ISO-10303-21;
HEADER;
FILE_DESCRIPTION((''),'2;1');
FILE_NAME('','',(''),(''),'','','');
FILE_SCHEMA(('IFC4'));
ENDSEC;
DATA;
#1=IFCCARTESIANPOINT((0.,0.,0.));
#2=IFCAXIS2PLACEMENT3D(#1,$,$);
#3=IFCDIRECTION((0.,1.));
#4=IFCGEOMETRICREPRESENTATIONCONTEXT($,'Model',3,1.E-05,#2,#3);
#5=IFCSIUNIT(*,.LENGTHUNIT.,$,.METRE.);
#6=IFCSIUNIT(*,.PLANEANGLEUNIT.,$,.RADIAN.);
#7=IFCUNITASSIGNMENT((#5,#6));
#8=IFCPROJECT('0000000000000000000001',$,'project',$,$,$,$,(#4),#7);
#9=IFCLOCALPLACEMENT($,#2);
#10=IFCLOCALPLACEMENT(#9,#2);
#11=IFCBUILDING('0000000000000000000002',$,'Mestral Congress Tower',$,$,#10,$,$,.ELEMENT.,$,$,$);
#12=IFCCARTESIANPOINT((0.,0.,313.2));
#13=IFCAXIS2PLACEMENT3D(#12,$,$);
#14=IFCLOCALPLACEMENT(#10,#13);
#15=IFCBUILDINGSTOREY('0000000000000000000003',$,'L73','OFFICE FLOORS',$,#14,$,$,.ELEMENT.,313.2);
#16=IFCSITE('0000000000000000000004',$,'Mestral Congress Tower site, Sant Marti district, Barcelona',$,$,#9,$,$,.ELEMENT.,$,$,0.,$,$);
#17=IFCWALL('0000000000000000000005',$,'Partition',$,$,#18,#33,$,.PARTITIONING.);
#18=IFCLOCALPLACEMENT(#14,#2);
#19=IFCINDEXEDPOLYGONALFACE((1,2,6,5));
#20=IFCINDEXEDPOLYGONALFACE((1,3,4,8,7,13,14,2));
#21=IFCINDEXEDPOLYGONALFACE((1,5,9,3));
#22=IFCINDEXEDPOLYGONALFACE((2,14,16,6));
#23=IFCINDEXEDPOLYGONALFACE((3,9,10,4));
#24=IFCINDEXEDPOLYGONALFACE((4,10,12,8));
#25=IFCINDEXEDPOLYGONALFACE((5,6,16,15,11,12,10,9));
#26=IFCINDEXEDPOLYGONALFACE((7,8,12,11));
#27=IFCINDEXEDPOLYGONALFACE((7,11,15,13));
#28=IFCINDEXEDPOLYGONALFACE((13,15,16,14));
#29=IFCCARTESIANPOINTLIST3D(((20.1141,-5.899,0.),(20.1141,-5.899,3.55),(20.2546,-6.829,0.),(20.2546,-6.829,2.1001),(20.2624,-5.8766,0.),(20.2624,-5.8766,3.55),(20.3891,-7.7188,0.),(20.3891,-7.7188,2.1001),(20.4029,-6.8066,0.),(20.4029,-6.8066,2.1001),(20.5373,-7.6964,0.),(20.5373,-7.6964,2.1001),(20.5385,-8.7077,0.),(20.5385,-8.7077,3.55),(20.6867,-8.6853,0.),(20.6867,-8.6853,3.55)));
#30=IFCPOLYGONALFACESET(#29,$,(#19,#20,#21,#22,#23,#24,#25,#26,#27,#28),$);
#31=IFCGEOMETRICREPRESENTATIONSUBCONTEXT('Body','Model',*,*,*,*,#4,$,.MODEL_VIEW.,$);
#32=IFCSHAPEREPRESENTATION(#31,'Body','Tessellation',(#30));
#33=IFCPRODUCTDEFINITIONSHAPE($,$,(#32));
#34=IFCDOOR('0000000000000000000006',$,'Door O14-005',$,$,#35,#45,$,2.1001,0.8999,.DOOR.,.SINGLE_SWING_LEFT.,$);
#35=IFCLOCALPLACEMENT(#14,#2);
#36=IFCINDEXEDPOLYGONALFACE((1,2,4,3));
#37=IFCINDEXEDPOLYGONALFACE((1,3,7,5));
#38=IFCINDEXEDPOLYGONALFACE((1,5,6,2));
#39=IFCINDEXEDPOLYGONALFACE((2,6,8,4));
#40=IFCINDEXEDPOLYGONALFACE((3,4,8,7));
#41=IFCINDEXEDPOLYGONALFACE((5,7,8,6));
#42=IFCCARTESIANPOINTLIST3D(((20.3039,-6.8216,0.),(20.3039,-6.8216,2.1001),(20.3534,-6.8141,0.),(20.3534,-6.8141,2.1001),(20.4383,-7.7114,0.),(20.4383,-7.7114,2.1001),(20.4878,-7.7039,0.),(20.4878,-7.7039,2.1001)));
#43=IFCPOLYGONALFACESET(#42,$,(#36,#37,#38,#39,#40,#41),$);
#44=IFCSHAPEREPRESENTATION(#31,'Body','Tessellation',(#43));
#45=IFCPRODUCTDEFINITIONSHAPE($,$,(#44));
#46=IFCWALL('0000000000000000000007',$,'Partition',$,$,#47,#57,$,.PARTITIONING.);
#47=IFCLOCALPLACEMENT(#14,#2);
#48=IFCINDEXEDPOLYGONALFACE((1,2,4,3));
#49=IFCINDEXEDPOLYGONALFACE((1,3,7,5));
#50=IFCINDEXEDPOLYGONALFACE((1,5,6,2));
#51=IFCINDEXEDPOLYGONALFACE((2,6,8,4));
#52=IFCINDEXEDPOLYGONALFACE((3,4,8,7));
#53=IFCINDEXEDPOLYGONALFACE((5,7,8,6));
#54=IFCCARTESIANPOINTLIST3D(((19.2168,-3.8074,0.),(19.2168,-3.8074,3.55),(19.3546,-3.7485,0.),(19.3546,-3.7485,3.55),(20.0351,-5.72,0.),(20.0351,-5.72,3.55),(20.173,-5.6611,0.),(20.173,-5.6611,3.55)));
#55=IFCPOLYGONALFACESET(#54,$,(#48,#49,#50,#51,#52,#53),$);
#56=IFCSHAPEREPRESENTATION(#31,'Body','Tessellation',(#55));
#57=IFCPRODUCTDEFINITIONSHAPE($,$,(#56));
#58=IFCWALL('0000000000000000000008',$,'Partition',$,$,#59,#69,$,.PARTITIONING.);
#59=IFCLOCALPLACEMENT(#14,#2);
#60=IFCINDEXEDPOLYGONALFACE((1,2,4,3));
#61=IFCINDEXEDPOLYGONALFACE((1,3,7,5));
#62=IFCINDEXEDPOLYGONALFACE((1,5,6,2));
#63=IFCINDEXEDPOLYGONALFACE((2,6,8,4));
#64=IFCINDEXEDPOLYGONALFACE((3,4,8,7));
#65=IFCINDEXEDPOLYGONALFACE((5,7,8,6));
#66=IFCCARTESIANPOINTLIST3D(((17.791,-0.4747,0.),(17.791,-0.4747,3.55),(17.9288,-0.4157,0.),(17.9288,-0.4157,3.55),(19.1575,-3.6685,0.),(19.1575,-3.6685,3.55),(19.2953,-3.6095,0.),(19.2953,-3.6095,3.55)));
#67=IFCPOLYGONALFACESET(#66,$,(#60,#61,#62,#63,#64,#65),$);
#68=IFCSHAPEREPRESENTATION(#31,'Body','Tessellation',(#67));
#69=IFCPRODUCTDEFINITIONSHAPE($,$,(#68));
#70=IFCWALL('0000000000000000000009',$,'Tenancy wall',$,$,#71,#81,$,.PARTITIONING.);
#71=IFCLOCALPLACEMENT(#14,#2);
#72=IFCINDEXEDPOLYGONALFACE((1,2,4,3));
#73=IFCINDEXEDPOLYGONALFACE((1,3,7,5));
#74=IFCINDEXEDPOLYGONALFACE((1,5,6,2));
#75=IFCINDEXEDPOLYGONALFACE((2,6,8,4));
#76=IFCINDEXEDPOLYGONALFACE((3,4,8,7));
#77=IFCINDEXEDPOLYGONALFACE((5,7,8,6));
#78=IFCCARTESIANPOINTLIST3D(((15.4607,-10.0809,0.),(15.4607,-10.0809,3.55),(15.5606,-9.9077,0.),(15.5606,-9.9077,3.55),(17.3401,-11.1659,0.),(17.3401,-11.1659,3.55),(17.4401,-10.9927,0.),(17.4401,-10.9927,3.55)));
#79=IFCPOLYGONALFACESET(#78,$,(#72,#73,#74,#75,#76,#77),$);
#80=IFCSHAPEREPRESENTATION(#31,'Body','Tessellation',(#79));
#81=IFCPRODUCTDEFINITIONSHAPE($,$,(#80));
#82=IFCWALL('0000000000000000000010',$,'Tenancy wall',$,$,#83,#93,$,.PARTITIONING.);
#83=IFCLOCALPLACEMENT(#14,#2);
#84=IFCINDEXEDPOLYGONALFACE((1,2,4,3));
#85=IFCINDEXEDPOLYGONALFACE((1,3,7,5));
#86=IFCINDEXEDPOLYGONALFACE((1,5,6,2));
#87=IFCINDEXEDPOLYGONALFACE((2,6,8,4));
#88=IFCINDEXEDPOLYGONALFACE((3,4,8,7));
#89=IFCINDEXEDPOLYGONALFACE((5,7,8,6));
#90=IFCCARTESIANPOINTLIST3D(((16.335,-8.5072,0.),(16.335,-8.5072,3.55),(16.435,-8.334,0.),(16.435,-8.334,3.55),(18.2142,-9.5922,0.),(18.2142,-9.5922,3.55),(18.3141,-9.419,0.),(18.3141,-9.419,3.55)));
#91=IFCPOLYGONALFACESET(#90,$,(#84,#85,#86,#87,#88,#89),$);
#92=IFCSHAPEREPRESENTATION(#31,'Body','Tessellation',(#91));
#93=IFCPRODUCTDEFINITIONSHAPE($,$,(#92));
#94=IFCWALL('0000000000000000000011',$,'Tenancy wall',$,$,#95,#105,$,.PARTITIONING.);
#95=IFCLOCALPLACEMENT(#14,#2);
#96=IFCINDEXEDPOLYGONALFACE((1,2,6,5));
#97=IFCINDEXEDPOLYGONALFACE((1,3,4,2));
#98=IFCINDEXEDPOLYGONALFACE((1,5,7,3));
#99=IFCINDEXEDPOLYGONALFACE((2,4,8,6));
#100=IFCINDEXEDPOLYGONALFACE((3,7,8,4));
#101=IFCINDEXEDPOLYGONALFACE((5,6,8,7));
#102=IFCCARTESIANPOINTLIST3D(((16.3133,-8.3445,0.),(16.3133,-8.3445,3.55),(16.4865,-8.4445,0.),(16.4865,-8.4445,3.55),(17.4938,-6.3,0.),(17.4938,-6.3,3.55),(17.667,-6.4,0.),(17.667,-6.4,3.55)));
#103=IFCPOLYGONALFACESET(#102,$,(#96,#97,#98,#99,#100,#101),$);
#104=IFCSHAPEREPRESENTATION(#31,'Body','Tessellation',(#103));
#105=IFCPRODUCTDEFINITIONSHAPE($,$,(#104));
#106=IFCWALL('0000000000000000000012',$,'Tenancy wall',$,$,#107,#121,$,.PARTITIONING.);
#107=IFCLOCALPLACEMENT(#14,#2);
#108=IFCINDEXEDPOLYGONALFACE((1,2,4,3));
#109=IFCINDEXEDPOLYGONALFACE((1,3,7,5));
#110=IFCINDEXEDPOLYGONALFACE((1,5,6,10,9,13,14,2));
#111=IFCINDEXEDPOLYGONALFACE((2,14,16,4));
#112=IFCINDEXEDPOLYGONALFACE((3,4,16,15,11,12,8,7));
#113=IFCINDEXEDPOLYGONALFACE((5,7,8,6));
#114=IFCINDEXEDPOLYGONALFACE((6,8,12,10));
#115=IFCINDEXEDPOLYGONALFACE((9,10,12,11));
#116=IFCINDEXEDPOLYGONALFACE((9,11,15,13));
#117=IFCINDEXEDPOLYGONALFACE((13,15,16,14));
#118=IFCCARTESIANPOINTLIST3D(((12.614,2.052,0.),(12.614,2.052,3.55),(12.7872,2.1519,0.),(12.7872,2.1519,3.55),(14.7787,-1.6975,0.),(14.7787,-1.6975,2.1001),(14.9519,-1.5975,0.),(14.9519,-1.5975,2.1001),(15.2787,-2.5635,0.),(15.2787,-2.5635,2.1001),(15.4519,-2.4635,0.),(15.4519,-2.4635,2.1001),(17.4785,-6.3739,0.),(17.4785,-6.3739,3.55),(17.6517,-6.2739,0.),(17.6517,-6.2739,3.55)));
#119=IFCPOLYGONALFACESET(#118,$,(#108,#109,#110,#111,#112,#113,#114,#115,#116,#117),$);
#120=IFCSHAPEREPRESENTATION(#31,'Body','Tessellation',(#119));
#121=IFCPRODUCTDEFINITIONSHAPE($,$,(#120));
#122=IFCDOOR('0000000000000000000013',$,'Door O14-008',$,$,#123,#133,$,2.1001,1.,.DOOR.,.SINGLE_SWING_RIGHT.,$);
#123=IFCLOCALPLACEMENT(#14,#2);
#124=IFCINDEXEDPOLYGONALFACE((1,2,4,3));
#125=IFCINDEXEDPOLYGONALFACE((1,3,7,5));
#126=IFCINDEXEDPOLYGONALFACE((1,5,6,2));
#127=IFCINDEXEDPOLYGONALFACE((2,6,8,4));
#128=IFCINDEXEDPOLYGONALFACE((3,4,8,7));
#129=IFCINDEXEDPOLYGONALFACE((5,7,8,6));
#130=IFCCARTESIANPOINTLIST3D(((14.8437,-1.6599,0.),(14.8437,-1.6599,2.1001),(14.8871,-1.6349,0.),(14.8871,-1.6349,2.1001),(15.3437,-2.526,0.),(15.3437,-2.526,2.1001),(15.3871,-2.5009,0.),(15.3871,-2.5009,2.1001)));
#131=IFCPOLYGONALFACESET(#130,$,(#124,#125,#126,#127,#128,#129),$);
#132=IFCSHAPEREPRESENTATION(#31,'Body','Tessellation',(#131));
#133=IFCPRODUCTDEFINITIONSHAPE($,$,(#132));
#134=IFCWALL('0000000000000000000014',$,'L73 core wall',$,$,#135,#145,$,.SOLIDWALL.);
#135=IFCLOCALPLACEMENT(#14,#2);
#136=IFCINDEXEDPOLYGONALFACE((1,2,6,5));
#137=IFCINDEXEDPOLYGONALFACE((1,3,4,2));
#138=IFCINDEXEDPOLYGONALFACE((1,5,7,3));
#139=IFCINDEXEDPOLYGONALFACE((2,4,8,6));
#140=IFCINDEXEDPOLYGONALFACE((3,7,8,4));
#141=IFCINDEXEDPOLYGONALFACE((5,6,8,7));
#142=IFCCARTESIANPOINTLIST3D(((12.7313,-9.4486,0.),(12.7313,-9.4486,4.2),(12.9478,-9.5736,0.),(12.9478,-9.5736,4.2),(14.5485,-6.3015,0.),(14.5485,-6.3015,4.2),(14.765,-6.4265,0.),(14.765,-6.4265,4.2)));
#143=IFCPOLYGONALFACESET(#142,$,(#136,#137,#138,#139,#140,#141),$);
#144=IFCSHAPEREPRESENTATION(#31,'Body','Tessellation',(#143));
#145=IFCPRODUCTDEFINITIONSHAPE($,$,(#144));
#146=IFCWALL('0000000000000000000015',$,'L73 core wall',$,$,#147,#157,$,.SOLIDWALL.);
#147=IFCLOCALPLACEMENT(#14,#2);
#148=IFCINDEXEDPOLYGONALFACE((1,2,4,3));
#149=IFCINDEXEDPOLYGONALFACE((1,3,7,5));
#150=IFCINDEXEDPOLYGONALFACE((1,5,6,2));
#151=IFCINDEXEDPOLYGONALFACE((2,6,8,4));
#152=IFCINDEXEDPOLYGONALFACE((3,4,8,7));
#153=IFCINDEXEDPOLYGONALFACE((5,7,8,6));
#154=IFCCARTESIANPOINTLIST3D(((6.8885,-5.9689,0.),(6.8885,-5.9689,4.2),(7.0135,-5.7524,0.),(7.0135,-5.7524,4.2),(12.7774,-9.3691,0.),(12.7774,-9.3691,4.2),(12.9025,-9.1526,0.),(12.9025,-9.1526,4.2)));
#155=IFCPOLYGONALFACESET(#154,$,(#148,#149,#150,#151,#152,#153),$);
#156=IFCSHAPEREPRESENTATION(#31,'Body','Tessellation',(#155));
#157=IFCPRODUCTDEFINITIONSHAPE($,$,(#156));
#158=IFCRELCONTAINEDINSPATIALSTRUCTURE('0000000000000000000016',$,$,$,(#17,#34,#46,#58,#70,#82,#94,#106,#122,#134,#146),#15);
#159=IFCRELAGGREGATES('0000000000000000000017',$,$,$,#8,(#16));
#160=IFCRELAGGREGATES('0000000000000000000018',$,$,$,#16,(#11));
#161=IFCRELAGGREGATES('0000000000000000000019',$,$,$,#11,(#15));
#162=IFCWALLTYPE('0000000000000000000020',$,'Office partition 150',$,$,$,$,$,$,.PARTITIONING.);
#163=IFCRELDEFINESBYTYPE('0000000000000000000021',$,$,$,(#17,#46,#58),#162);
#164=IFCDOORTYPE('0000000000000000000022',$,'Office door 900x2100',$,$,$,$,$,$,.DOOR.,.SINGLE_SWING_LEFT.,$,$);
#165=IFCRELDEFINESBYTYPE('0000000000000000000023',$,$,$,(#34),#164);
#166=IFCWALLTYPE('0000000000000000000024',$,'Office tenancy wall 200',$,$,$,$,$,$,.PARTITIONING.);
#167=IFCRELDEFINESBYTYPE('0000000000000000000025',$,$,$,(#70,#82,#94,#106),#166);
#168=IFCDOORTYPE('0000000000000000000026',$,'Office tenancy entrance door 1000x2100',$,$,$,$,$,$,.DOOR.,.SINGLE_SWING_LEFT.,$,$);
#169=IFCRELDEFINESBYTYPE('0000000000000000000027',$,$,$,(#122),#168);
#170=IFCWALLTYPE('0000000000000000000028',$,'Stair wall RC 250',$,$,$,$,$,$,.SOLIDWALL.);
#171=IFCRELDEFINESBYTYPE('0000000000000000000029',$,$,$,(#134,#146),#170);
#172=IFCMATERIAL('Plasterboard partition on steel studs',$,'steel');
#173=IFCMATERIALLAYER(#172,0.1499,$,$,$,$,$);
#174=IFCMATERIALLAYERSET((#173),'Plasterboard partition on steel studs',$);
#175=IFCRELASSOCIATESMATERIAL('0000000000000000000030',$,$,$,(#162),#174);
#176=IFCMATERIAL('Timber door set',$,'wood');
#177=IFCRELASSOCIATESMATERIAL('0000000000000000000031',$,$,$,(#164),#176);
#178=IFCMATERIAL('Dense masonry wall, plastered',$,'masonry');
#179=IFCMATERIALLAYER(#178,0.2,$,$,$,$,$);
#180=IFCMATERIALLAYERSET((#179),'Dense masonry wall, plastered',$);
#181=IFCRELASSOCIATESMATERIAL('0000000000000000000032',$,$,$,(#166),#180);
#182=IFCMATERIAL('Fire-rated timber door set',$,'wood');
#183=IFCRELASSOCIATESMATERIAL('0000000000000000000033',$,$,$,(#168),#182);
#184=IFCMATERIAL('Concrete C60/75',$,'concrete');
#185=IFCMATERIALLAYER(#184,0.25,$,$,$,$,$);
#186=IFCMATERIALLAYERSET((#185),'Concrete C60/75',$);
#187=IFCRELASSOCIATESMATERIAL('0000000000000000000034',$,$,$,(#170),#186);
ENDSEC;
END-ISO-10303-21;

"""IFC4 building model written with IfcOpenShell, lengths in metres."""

from ifc_helpers import new_model, si_unit, direction, frame, frame_2d, origin, place, context, subcontext, project, spatial, rectangle, extrude, material, layer, layer_set, type_object, element, fill, save


model = new_model("IFC4")

# Units and contexts
model_context = context("Model", 3, precision=1e-05, world=origin(), true_north=direction((0.0, 1.0)))
body_context = subcontext(model_context, "Body", "Model", "MODEL_VIEW")
ifc_project = project(units=[si_unit("LENGTHUNIT", "METRE"), si_unit("PLANEANGLEUNIT", "RADIAN")], contexts=[model_context])

# Site, building, storey
site_placement = place(None, origin())
site = spatial("IfcSite", under=ifc_project, at=site_placement, Name="Mestral Congress Tower site, Sant Marti district, Barcelona", CompositionType="ELEMENT", RefElevation=0.0)
building_placement = place(site_placement, origin())
building = spatial("IfcBuilding", under=site, at=building_placement, Name="Mestral Congress Tower", CompositionType="ELEMENT")
storey_placement = place(building_placement, frame((0.0, 0.0, 313.2)))
storey = spatial("IfcBuildingStorey", under=building, at=storey_placement, Name="L73", Description="OFFICE FLOORS", CompositionType="ELEMENT", Elevation=313.2)

# Shared definitions
ifc_material_1 = material(Name="Concrete C60/75", Category="concrete")

# Shared definitions
ifc_material_2 = material(Name="Plasterboard partition on steel studs", Category="steel")
ifc_layer_1 = layer(ifc_material_2, 0.1499)
ifc_layer_set_1 = layer_set([ifc_layer_1], Name="Plasterboard partition on steel studs")
wall_type_1 = type_object("IfcWallType", Name="Office partition 150", PredefinedType="PARTITIONING", material=ifc_layer_set_1)

# Wall, opening, door
wall_1_placement = place(storey_placement, frame((20.1882, -5.8877, 0.0), z_axis=(0.0, 0.0, 1.0), x_axis=(0.149383, -0.988779, 0.0)))
wall_1 = element("IfcWall", 1, at=wall_1_placement, inside=storey, type_object=wall_type_1, Name="Partition", PredefinedType="PARTITIONING", context=body_context, shape_type="SweptSolid", body=[
    extrude(rectangle(XDim=2.8406, YDim=0.1499, at=frame_2d((1.4204, 0.0))), origin(), (0.0, 0.0, 1.0), 3.55),
])
opening_1_placement = place(wall_1_placement, frame((0.9407, 0.0, 0.0)))
opening_1 = element("IfcOpeningElement", 2, at=opening_1_placement, cuts=wall_1, PredefinedType="OPENING", context=body_context, shape_type="SweptSolid", body=[
    extrude(rectangle(XDim=0.8999, YDim=2.1001, at=frame_2d((0.45, 1.05))), frame((0.0, 0.085, 0.0), z_axis=(0.0, -1.0, 0.0), x_axis=(1.0, 0.0, 0.0)), (0.0, 0.0, 1.0), 0.1699),
])
ifc_material_3 = material(Name="Timber door set", Category="wood")
door_type_1 = type_object("IfcDoorType", Name="Office door 900x2100", OperationType="SINGLE_SWING_LEFT", PredefinedType="DOOR", material=ifc_material_3)
door_1_placement = place(opening_1_placement, origin())
door_1 = element("IfcDoor", 3, at=door_1_placement, inside=storey, type_object=door_type_1, Name="Door O14-005", OperationType="SINGLE_SWING_LEFT", OverallHeight=2.1001, OverallWidth=0.8999, PredefinedType="DOOR", context=body_context, shape_type="SweptSolid", body=[
    extrude(rectangle(XDim=0.8999, YDim=2.1001, at=frame_2d((0.45, 1.05))), frame((0.0, 0.0249, 0.0), z_axis=(0.0, -1.0, 0.0), x_axis=(1.0, 0.0, 0.0)), (0.0, 0.0, 1.0), 0.05),
])
fill(opening_1, door_1)

# Walls
wall_2_placement = place(storey_placement, frame((20.104, -5.6904, 0.0), z_axis=(0.0, 0.0, 1.0), x_axis=(-0.393381, 0.919376, 0.0)))
element("IfcWall", 4, at=wall_2_placement, inside=storey, type_object=wall_type_1, Name="Partition", PredefinedType="PARTITIONING", context=body_context, shape_type="SweptSolid", body=[
    extrude(rectangle(XDim=2.0803, YDim=0.1499, at=frame_2d((1.04, 0.0))), origin(), (0.0, 0.0, 1.0), 3.55),
])
wall_3_placement = place(storey_placement, frame((19.2263, -3.6389, 0.0), z_axis=(0.0, 0.0, 1.0), x_axis=(-0.393351, 0.919388, 0.0)))
element("IfcWall", 5, at=wall_3_placement, inside=storey, type_object=wall_type_1, Name="Partition", PredefinedType="PARTITIONING", context=body_context, shape_type="SweptSolid", body=[
    extrude(rectangle(XDim=3.4739, YDim=0.1499, at=frame_2d((1.7368, 0.0))), origin(), (0.0, 0.0, 1.0), 3.55),
])
ifc_material_4 = material(Name="Dense masonry wall, plastered", Category="masonry")
ifc_layer_2 = layer(ifc_material_4, 0.2)
ifc_layer_set_2 = layer_set([ifc_layer_2], Name="Dense masonry wall, plastered")
wall_type_2 = type_object("IfcWallType", Name="Office tenancy wall 200", PredefinedType="PARTITIONING", material=ifc_layer_set_2)
wall_4_placement = place(storey_placement, frame((15.5107, -9.9944, 0.0), z_axis=(0.0, 0.0, 1.0), x_axis=(0.866047, -0.499963, 0.0)))
element("IfcWall", 6, at=wall_4_placement, inside=storey, type_object=wall_type_2, Name="Tenancy wall", PredefinedType="PARTITIONING", context=body_context, shape_type="SweptSolid", body=[
    extrude(rectangle(XDim=2.1702, YDim=0.2, at=frame_2d((1.085, 0.0))), origin(), (0.0, 0.0, 1.0), 3.55),
])
wall_5_placement = place(storey_placement, frame((18.2642, -9.5056, 0.0), z_axis=(0.0, 0.0, 1.0), x_axis=(-0.866019, 0.500011, 0.0)))
element("IfcWall", 7, at=wall_5_placement, inside=storey, type_object=wall_type_2, Name="Tenancy wall", PredefinedType="PARTITIONING", context=body_context, shape_type="SweptSolid", body=[
    extrude(rectangle(XDim=2.1699, YDim=0.2, at=frame_2d((1.085, 0.0))), origin(), (0.0, 0.0, 1.0), 3.55),
])
wall_6_placement = place(storey_placement, frame((16.3999, -8.3945, 0.0), z_axis=(0.0, 0.0, 1.0), x_axis=(0.500021, 0.866013, 0.0)))
element("IfcWall", 8, at=wall_6_placement, inside=storey, type_object=wall_type_2, Name="Tenancy wall", PredefinedType="PARTITIONING", context=body_context, shape_type="SweptSolid", body=[
    extrude(rectangle(XDim=2.3608, YDim=0.2, at=frame_2d((1.1804, 0.0))), origin(), (0.0, 0.0, 1.0), 3.55),
])

# Wall, opening, door
wall_7_placement = place(storey_placement, frame((17.5652, -6.324, 0.0), z_axis=(0.0, 0.0, 1.0), x_axis=(-0.49999, 0.866031, 0.0)))
wall_7 = element("IfcWall", 9, at=wall_7_placement, inside=storey, type_object=wall_type_2, Name="Tenancy wall", PredefinedType="PARTITIONING", context=body_context, shape_type="SweptSolid", body=[
    extrude(rectangle(XDim=9.7292, YDim=0.2, at=frame_2d((4.8647, 0.0))), origin(), (0.0, 0.0, 1.0), 3.55),
])
opening_2_placement = place(wall_7_placement, frame((4.3999, 0.0, 0.0)))
opening_2 = element("IfcOpeningElement", 10, at=opening_2_placement, cuts=wall_7, PredefinedType="OPENING", context=body_context, shape_type="SweptSolid", body=[
    extrude(rectangle(XDim=1.0, YDim=2.1001, at=frame_2d((0.5, 1.05))), frame((0.0, 0.1099, 0.0), z_axis=(0.0, -1.0, 0.0), x_axis=(1.0, 0.0, 0.0)), (0.0, 0.0, 1.0), 0.22),
])
ifc_material_5 = material(Name="Fire-rated timber door set", Category="wood")
door_type_2 = type_object("IfcDoorType", Name="Office tenancy entrance door 1000x2100", OperationType="SINGLE_SWING_LEFT", PredefinedType="DOOR", material=ifc_material_5)
door_2_placement = place(opening_2_placement, origin())
door_2 = element("IfcDoor", 11, at=door_2_placement, inside=storey, type_object=door_type_2, Name="Door O14-008", OperationType="SINGLE_SWING_RIGHT", OverallHeight=2.1001, OverallWidth=1.0, PredefinedType="DOOR", context=body_context, shape_type="SweptSolid", body=[
    extrude(rectangle(XDim=1.0, YDim=2.1001, at=frame_2d((0.5, 1.05))), frame((0.0, 0.0249, 0.0), z_axis=(0.0, -1.0, 0.0), x_axis=(1.0, 0.0, 0.0)), (0.0, 0.0, 1.0), 0.05),
])
fill(opening_2, door_2)

# Walls
ifc_layer_3 = layer(ifc_material_1, 0.25)
ifc_layer_set_3 = layer_set([ifc_layer_3], Name="Concrete C60/75")
wall_type_3 = type_object("IfcWallType", Name="Stair wall RC 250", PredefinedType="SOLIDWALL", material=ifc_layer_set_3)
wall_8_placement = place(storey_placement, frame((12.8396, -9.511, 0.0), z_axis=(0.0, 0.0, 1.0), x_axis=(0.500048, 0.865998, 0.0)))
element("IfcWall", 12, at=wall_8_placement, inside=storey, type_object=wall_type_3, Name="L73 core wall", PredefinedType="SOLIDWALL", context=body_context, shape_type="SweptSolid", body=[
    extrude(rectangle(XDim=3.634, YDim=0.25, at=frame_2d((1.8169, 0.0))), origin(), (0.0, 0.0, 1.0), 4.2),
])
wall_9_placement = place(storey_placement, frame((12.8398, -9.2607, 0.0), z_axis=(0.0, 0.0, 1.0), x_axis=(-0.866014, 0.50002, 0.0)))
element("IfcWall", 13, at=wall_9_placement, inside=storey, type_object=wall_type_3, Name="L73 core wall", PredefinedType="SOLIDWALL", context=body_context, shape_type="SweptSolid", body=[
    extrude(rectangle(XDim=6.8, YDim=0.25, at=frame_2d((3.3999, 0.0))), origin(), (0.0, 0.0, 1.0), 4.2),
])

save(model, "model.ifc")
